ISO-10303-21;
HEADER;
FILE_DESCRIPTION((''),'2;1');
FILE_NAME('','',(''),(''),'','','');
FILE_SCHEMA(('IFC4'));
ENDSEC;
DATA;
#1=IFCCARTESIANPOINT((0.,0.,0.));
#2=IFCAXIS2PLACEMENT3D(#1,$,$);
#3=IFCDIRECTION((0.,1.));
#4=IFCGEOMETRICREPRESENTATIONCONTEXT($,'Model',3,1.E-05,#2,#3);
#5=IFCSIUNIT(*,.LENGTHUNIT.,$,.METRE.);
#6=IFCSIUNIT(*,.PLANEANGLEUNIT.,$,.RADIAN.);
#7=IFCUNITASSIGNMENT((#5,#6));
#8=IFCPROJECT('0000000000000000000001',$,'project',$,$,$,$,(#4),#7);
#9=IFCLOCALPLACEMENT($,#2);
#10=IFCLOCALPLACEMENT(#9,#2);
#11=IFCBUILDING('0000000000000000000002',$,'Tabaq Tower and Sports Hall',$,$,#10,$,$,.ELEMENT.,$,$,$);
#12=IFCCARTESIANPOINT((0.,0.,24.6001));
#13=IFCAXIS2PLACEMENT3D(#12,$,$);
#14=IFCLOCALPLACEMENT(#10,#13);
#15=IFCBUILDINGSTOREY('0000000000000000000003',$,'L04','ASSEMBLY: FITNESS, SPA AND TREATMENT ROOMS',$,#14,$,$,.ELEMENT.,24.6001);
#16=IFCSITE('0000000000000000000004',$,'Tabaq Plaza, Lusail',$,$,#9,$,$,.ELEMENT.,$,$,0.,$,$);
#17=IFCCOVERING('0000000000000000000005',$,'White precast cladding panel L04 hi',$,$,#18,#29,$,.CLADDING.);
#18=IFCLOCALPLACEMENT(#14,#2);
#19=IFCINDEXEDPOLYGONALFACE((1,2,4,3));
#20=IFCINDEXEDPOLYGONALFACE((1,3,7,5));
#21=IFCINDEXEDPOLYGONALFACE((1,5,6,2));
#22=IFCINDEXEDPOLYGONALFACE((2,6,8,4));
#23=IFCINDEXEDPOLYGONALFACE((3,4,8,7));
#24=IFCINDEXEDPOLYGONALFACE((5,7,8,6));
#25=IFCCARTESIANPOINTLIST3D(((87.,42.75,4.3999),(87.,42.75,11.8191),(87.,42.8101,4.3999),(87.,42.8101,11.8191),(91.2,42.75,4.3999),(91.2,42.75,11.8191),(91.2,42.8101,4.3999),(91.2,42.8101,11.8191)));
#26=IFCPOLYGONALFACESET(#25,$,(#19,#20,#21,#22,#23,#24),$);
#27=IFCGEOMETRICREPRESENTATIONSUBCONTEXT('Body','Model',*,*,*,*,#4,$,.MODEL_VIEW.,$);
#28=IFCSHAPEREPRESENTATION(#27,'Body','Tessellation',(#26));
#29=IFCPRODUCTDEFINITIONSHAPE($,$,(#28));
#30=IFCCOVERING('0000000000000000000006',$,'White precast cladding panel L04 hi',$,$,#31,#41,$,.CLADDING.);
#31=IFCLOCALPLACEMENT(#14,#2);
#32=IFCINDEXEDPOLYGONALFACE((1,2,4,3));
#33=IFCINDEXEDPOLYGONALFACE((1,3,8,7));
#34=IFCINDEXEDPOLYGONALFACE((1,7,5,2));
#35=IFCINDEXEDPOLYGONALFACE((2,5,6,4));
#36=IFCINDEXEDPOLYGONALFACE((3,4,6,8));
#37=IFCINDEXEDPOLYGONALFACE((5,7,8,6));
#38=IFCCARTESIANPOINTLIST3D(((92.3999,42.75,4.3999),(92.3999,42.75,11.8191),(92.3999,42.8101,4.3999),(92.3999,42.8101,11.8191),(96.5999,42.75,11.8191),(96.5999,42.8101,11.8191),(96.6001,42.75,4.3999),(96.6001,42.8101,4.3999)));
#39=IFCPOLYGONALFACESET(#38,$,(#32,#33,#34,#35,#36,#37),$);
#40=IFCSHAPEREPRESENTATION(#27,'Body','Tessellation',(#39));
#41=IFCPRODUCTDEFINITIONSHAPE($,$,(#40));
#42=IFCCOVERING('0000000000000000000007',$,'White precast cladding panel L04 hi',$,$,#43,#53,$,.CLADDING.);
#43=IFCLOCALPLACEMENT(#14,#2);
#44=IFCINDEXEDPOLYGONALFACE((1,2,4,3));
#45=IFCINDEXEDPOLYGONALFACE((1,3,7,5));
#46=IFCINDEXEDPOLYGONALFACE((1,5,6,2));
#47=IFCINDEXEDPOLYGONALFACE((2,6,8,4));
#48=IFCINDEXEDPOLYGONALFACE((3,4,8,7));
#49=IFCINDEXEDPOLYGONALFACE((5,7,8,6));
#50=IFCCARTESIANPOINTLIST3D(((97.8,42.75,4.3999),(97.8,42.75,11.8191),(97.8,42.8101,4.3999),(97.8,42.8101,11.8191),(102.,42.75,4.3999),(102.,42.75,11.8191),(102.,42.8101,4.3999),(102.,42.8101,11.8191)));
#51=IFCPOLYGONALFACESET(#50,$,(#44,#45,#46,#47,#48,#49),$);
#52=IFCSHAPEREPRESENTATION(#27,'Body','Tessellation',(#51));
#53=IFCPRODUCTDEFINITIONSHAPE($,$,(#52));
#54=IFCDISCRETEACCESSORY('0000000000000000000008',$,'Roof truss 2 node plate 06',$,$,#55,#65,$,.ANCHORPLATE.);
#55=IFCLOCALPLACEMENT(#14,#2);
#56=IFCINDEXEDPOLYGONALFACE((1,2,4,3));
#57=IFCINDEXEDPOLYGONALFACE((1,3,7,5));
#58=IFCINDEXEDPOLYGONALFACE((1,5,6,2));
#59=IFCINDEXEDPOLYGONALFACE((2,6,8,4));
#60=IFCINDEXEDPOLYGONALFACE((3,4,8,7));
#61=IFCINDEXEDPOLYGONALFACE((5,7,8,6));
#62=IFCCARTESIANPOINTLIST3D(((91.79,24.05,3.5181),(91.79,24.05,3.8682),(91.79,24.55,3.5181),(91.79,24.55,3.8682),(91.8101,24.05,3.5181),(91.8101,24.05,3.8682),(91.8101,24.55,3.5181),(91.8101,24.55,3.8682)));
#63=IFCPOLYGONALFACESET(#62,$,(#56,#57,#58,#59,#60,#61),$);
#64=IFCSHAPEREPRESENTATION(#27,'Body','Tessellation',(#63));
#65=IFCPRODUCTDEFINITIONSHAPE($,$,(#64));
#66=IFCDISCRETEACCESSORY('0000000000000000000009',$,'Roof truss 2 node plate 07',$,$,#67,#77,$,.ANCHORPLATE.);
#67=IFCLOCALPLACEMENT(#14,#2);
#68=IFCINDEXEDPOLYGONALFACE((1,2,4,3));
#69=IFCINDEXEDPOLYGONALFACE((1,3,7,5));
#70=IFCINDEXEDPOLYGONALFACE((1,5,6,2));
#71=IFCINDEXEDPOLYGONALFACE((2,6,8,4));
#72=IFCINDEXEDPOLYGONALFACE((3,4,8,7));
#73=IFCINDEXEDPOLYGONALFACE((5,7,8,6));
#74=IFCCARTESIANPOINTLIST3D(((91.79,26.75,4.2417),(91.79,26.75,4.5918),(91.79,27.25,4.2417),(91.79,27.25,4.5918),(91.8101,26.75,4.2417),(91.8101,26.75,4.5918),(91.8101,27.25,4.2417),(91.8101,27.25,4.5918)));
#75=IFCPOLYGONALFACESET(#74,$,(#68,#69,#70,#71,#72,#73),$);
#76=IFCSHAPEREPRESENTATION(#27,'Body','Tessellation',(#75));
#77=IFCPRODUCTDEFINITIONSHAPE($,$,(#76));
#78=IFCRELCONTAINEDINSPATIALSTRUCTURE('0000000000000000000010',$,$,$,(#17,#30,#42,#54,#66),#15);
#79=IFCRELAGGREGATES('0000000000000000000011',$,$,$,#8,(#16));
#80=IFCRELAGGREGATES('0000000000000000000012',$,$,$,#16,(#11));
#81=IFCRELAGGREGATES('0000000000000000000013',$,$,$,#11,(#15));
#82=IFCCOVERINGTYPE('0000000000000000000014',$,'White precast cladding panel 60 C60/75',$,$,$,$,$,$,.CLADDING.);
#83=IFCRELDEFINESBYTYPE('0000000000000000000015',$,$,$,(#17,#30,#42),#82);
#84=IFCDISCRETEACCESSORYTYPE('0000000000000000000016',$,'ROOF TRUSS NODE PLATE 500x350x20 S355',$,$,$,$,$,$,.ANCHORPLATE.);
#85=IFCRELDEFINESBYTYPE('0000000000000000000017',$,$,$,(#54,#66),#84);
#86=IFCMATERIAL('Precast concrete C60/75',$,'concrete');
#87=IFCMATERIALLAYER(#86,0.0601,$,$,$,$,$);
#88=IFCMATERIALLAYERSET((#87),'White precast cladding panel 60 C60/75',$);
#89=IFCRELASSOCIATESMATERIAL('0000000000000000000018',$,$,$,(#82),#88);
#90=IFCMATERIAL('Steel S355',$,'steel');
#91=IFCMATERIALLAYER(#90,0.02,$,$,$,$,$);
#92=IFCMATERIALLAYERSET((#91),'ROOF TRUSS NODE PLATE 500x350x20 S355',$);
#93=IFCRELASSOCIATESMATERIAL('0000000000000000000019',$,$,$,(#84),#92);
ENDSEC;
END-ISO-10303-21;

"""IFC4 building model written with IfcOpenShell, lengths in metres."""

from ifc_helpers import new_model, si_unit, direction, frame, origin, origin_2d, place, context, subcontext, project, spatial, polyline, rectangle, outline, extrude, material, layer, layer_set, type_object, element, save


model = new_model("IFC4")

# Units and contexts
model_context = context("Model", 3, precision=1e-05, world=origin(), true_north=direction((0.0, 1.0)))
body_context = subcontext(model_context, "Body", "Model", "MODEL_VIEW")
ifc_project = project(units=[si_unit("LENGTHUNIT", "METRE"), si_unit("PLANEANGLEUNIT", "RADIAN")], contexts=[model_context])

# Site, building, storey
site_placement = place(None, origin())
site = spatial("IfcSite", under=ifc_project, at=site_placement, Name="Tabaq Plaza, Lusail", CompositionType="ELEMENT", RefElevation=0.0)
building_placement = place(site_placement, origin())
building = spatial("IfcBuilding", under=site, at=building_placement, Name="Tabaq Tower and Sports Hall", CompositionType="ELEMENT")
storey_placement = place(building_placement, frame((0.0, 0.0, 24.6001)))
storey = spatial("IfcBuildingStorey", under=building, at=storey_placement, Name="L04", Description="ASSEMBLY: FITNESS, SPA AND TREATMENT ROOMS", CompositionType="ELEMENT", Elevation=24.6001)

# Coverings
ifc_material_1 = material(Name="Precast concrete C60/75", Category="concrete")
ifc_layer_1 = layer(ifc_material_1, 0.0601)
ifc_layer_set_1 = layer_set([ifc_layer_1], Name="White precast cladding panel 60 C60/75")
covering_type = type_object("IfcCoveringType", Name="White precast cladding panel 60 C60/75", PredefinedType="CLADDING", material=ifc_layer_set_1)
for number, where, z_axis, x_axis, name in (
    (1, (87.0, 42.78, 4.3999), (0.0, 0.0, 1.0), (1.0, 0.0, 0.0), "White precast cladding panel L04 hi"),
):
    element("IfcCovering", number, at=place(storey_placement, frame(where, z_axis=z_axis, x_axis=x_axis)), inside=storey, type_object=covering_type, Name=name, PredefinedType="CLADDING", context=body_context, shape_type="SweptSolid", body=[
        extrude(outline(polyline([(0.0, 0.0), (4.2, 0.0), (4.2, 7.4192), (0.0, 7.4192), (0.0, 0.0)])), frame((0.0, 0.03, 0.0), z_axis=(0.0, -1.0, 0.0), x_axis=(1.0, 0.0, 0.0)), (0.0, 0.0, 1.0), 0.0601),
    ])
covering_1_placement = place(storey_placement, frame((92.3999, 42.78, 4.3999), z_axis=(0.0, 0.0, 1.0), x_axis=(1.0, 0.0, 0.0)))
element("IfcCovering", 2, at=covering_1_placement, inside=storey, type_object=covering_type, Name="White precast cladding panel L04 hi", PredefinedType="CLADDING", context=body_context, shape_type="SweptSolid", body=[
    extrude(outline(polyline([(0.0, 0.0), (4.2002, 0.0), (4.2, 7.4192), (0.0, 7.4192), (0.0, 0.0)])), frame((0.0, 0.03, 0.0), z_axis=(0.0, -1.0, 0.0), x_axis=(1.0, 0.0, 0.0)), (0.0, 0.0, 1.0), 0.0601),
])
covering_2_placement = place(storey_placement, frame((97.8, 42.78, 4.3999), z_axis=(0.0, 0.0, 1.0), x_axis=(1.0, 0.0, 0.0)))
element("IfcCovering", 3, at=covering_2_placement, inside=storey, type_object=covering_type, Name="White precast cladding panel L04 hi", PredefinedType="CLADDING", context=body_context, shape_type="SweptSolid", body=[
    extrude(outline(polyline([(0.0, 0.0), (4.2, 0.0), (4.2, 7.4192), (0.0, 7.4192), (0.0, 0.0)])), frame((0.0, 0.03, 0.0), z_axis=(0.0, -1.0, 0.0), x_axis=(1.0, 0.0, 0.0)), (0.0, 0.0, 1.0), 0.0601),
])

# Discrete accessories
ifc_material_2 = material(Name="Steel S355", Category="steel")
ifc_layer_2 = layer(ifc_material_2, 0.02)
ifc_layer_set_2 = layer_set([ifc_layer_2], Name="ROOF TRUSS NODE PLATE 500x350x20 S355")
discrete_accessory_type = type_object("IfcDiscreteAccessoryType", Name="ROOF TRUSS NODE PLATE 500x350x20 S355", PredefinedType="ANCHORPLATE", material=ifc_layer_set_2)
for number, where, z_axis, x_axis, name in (
    (4, (91.8, 24.3, 3.5181), (0.0, 0.0, 1.0), (1.0, 0.0, 0.0), "Roof truss 2 node plate 06"),
    (5, (91.8, 27.0, 4.2417), (0.0, 0.0, 1.0), (1.0, 0.0, 0.0), "Roof truss 2 node plate 07"),
):
    element("IfcDiscreteAccessory", number, at=place(storey_placement, frame(where, z_axis=z_axis, x_axis=x_axis)), inside=storey, type_object=discrete_accessory_type, Name=name, PredefinedType="ANCHORPLATE", context=body_context, shape_type="SweptSolid", body=[
        extrude(rectangle(XDim=0.02, YDim=0.5, at=origin_2d()), origin(), (0.0, 0.0, 1.0), 0.3501),
    ])

save(model, "model.ifc")
